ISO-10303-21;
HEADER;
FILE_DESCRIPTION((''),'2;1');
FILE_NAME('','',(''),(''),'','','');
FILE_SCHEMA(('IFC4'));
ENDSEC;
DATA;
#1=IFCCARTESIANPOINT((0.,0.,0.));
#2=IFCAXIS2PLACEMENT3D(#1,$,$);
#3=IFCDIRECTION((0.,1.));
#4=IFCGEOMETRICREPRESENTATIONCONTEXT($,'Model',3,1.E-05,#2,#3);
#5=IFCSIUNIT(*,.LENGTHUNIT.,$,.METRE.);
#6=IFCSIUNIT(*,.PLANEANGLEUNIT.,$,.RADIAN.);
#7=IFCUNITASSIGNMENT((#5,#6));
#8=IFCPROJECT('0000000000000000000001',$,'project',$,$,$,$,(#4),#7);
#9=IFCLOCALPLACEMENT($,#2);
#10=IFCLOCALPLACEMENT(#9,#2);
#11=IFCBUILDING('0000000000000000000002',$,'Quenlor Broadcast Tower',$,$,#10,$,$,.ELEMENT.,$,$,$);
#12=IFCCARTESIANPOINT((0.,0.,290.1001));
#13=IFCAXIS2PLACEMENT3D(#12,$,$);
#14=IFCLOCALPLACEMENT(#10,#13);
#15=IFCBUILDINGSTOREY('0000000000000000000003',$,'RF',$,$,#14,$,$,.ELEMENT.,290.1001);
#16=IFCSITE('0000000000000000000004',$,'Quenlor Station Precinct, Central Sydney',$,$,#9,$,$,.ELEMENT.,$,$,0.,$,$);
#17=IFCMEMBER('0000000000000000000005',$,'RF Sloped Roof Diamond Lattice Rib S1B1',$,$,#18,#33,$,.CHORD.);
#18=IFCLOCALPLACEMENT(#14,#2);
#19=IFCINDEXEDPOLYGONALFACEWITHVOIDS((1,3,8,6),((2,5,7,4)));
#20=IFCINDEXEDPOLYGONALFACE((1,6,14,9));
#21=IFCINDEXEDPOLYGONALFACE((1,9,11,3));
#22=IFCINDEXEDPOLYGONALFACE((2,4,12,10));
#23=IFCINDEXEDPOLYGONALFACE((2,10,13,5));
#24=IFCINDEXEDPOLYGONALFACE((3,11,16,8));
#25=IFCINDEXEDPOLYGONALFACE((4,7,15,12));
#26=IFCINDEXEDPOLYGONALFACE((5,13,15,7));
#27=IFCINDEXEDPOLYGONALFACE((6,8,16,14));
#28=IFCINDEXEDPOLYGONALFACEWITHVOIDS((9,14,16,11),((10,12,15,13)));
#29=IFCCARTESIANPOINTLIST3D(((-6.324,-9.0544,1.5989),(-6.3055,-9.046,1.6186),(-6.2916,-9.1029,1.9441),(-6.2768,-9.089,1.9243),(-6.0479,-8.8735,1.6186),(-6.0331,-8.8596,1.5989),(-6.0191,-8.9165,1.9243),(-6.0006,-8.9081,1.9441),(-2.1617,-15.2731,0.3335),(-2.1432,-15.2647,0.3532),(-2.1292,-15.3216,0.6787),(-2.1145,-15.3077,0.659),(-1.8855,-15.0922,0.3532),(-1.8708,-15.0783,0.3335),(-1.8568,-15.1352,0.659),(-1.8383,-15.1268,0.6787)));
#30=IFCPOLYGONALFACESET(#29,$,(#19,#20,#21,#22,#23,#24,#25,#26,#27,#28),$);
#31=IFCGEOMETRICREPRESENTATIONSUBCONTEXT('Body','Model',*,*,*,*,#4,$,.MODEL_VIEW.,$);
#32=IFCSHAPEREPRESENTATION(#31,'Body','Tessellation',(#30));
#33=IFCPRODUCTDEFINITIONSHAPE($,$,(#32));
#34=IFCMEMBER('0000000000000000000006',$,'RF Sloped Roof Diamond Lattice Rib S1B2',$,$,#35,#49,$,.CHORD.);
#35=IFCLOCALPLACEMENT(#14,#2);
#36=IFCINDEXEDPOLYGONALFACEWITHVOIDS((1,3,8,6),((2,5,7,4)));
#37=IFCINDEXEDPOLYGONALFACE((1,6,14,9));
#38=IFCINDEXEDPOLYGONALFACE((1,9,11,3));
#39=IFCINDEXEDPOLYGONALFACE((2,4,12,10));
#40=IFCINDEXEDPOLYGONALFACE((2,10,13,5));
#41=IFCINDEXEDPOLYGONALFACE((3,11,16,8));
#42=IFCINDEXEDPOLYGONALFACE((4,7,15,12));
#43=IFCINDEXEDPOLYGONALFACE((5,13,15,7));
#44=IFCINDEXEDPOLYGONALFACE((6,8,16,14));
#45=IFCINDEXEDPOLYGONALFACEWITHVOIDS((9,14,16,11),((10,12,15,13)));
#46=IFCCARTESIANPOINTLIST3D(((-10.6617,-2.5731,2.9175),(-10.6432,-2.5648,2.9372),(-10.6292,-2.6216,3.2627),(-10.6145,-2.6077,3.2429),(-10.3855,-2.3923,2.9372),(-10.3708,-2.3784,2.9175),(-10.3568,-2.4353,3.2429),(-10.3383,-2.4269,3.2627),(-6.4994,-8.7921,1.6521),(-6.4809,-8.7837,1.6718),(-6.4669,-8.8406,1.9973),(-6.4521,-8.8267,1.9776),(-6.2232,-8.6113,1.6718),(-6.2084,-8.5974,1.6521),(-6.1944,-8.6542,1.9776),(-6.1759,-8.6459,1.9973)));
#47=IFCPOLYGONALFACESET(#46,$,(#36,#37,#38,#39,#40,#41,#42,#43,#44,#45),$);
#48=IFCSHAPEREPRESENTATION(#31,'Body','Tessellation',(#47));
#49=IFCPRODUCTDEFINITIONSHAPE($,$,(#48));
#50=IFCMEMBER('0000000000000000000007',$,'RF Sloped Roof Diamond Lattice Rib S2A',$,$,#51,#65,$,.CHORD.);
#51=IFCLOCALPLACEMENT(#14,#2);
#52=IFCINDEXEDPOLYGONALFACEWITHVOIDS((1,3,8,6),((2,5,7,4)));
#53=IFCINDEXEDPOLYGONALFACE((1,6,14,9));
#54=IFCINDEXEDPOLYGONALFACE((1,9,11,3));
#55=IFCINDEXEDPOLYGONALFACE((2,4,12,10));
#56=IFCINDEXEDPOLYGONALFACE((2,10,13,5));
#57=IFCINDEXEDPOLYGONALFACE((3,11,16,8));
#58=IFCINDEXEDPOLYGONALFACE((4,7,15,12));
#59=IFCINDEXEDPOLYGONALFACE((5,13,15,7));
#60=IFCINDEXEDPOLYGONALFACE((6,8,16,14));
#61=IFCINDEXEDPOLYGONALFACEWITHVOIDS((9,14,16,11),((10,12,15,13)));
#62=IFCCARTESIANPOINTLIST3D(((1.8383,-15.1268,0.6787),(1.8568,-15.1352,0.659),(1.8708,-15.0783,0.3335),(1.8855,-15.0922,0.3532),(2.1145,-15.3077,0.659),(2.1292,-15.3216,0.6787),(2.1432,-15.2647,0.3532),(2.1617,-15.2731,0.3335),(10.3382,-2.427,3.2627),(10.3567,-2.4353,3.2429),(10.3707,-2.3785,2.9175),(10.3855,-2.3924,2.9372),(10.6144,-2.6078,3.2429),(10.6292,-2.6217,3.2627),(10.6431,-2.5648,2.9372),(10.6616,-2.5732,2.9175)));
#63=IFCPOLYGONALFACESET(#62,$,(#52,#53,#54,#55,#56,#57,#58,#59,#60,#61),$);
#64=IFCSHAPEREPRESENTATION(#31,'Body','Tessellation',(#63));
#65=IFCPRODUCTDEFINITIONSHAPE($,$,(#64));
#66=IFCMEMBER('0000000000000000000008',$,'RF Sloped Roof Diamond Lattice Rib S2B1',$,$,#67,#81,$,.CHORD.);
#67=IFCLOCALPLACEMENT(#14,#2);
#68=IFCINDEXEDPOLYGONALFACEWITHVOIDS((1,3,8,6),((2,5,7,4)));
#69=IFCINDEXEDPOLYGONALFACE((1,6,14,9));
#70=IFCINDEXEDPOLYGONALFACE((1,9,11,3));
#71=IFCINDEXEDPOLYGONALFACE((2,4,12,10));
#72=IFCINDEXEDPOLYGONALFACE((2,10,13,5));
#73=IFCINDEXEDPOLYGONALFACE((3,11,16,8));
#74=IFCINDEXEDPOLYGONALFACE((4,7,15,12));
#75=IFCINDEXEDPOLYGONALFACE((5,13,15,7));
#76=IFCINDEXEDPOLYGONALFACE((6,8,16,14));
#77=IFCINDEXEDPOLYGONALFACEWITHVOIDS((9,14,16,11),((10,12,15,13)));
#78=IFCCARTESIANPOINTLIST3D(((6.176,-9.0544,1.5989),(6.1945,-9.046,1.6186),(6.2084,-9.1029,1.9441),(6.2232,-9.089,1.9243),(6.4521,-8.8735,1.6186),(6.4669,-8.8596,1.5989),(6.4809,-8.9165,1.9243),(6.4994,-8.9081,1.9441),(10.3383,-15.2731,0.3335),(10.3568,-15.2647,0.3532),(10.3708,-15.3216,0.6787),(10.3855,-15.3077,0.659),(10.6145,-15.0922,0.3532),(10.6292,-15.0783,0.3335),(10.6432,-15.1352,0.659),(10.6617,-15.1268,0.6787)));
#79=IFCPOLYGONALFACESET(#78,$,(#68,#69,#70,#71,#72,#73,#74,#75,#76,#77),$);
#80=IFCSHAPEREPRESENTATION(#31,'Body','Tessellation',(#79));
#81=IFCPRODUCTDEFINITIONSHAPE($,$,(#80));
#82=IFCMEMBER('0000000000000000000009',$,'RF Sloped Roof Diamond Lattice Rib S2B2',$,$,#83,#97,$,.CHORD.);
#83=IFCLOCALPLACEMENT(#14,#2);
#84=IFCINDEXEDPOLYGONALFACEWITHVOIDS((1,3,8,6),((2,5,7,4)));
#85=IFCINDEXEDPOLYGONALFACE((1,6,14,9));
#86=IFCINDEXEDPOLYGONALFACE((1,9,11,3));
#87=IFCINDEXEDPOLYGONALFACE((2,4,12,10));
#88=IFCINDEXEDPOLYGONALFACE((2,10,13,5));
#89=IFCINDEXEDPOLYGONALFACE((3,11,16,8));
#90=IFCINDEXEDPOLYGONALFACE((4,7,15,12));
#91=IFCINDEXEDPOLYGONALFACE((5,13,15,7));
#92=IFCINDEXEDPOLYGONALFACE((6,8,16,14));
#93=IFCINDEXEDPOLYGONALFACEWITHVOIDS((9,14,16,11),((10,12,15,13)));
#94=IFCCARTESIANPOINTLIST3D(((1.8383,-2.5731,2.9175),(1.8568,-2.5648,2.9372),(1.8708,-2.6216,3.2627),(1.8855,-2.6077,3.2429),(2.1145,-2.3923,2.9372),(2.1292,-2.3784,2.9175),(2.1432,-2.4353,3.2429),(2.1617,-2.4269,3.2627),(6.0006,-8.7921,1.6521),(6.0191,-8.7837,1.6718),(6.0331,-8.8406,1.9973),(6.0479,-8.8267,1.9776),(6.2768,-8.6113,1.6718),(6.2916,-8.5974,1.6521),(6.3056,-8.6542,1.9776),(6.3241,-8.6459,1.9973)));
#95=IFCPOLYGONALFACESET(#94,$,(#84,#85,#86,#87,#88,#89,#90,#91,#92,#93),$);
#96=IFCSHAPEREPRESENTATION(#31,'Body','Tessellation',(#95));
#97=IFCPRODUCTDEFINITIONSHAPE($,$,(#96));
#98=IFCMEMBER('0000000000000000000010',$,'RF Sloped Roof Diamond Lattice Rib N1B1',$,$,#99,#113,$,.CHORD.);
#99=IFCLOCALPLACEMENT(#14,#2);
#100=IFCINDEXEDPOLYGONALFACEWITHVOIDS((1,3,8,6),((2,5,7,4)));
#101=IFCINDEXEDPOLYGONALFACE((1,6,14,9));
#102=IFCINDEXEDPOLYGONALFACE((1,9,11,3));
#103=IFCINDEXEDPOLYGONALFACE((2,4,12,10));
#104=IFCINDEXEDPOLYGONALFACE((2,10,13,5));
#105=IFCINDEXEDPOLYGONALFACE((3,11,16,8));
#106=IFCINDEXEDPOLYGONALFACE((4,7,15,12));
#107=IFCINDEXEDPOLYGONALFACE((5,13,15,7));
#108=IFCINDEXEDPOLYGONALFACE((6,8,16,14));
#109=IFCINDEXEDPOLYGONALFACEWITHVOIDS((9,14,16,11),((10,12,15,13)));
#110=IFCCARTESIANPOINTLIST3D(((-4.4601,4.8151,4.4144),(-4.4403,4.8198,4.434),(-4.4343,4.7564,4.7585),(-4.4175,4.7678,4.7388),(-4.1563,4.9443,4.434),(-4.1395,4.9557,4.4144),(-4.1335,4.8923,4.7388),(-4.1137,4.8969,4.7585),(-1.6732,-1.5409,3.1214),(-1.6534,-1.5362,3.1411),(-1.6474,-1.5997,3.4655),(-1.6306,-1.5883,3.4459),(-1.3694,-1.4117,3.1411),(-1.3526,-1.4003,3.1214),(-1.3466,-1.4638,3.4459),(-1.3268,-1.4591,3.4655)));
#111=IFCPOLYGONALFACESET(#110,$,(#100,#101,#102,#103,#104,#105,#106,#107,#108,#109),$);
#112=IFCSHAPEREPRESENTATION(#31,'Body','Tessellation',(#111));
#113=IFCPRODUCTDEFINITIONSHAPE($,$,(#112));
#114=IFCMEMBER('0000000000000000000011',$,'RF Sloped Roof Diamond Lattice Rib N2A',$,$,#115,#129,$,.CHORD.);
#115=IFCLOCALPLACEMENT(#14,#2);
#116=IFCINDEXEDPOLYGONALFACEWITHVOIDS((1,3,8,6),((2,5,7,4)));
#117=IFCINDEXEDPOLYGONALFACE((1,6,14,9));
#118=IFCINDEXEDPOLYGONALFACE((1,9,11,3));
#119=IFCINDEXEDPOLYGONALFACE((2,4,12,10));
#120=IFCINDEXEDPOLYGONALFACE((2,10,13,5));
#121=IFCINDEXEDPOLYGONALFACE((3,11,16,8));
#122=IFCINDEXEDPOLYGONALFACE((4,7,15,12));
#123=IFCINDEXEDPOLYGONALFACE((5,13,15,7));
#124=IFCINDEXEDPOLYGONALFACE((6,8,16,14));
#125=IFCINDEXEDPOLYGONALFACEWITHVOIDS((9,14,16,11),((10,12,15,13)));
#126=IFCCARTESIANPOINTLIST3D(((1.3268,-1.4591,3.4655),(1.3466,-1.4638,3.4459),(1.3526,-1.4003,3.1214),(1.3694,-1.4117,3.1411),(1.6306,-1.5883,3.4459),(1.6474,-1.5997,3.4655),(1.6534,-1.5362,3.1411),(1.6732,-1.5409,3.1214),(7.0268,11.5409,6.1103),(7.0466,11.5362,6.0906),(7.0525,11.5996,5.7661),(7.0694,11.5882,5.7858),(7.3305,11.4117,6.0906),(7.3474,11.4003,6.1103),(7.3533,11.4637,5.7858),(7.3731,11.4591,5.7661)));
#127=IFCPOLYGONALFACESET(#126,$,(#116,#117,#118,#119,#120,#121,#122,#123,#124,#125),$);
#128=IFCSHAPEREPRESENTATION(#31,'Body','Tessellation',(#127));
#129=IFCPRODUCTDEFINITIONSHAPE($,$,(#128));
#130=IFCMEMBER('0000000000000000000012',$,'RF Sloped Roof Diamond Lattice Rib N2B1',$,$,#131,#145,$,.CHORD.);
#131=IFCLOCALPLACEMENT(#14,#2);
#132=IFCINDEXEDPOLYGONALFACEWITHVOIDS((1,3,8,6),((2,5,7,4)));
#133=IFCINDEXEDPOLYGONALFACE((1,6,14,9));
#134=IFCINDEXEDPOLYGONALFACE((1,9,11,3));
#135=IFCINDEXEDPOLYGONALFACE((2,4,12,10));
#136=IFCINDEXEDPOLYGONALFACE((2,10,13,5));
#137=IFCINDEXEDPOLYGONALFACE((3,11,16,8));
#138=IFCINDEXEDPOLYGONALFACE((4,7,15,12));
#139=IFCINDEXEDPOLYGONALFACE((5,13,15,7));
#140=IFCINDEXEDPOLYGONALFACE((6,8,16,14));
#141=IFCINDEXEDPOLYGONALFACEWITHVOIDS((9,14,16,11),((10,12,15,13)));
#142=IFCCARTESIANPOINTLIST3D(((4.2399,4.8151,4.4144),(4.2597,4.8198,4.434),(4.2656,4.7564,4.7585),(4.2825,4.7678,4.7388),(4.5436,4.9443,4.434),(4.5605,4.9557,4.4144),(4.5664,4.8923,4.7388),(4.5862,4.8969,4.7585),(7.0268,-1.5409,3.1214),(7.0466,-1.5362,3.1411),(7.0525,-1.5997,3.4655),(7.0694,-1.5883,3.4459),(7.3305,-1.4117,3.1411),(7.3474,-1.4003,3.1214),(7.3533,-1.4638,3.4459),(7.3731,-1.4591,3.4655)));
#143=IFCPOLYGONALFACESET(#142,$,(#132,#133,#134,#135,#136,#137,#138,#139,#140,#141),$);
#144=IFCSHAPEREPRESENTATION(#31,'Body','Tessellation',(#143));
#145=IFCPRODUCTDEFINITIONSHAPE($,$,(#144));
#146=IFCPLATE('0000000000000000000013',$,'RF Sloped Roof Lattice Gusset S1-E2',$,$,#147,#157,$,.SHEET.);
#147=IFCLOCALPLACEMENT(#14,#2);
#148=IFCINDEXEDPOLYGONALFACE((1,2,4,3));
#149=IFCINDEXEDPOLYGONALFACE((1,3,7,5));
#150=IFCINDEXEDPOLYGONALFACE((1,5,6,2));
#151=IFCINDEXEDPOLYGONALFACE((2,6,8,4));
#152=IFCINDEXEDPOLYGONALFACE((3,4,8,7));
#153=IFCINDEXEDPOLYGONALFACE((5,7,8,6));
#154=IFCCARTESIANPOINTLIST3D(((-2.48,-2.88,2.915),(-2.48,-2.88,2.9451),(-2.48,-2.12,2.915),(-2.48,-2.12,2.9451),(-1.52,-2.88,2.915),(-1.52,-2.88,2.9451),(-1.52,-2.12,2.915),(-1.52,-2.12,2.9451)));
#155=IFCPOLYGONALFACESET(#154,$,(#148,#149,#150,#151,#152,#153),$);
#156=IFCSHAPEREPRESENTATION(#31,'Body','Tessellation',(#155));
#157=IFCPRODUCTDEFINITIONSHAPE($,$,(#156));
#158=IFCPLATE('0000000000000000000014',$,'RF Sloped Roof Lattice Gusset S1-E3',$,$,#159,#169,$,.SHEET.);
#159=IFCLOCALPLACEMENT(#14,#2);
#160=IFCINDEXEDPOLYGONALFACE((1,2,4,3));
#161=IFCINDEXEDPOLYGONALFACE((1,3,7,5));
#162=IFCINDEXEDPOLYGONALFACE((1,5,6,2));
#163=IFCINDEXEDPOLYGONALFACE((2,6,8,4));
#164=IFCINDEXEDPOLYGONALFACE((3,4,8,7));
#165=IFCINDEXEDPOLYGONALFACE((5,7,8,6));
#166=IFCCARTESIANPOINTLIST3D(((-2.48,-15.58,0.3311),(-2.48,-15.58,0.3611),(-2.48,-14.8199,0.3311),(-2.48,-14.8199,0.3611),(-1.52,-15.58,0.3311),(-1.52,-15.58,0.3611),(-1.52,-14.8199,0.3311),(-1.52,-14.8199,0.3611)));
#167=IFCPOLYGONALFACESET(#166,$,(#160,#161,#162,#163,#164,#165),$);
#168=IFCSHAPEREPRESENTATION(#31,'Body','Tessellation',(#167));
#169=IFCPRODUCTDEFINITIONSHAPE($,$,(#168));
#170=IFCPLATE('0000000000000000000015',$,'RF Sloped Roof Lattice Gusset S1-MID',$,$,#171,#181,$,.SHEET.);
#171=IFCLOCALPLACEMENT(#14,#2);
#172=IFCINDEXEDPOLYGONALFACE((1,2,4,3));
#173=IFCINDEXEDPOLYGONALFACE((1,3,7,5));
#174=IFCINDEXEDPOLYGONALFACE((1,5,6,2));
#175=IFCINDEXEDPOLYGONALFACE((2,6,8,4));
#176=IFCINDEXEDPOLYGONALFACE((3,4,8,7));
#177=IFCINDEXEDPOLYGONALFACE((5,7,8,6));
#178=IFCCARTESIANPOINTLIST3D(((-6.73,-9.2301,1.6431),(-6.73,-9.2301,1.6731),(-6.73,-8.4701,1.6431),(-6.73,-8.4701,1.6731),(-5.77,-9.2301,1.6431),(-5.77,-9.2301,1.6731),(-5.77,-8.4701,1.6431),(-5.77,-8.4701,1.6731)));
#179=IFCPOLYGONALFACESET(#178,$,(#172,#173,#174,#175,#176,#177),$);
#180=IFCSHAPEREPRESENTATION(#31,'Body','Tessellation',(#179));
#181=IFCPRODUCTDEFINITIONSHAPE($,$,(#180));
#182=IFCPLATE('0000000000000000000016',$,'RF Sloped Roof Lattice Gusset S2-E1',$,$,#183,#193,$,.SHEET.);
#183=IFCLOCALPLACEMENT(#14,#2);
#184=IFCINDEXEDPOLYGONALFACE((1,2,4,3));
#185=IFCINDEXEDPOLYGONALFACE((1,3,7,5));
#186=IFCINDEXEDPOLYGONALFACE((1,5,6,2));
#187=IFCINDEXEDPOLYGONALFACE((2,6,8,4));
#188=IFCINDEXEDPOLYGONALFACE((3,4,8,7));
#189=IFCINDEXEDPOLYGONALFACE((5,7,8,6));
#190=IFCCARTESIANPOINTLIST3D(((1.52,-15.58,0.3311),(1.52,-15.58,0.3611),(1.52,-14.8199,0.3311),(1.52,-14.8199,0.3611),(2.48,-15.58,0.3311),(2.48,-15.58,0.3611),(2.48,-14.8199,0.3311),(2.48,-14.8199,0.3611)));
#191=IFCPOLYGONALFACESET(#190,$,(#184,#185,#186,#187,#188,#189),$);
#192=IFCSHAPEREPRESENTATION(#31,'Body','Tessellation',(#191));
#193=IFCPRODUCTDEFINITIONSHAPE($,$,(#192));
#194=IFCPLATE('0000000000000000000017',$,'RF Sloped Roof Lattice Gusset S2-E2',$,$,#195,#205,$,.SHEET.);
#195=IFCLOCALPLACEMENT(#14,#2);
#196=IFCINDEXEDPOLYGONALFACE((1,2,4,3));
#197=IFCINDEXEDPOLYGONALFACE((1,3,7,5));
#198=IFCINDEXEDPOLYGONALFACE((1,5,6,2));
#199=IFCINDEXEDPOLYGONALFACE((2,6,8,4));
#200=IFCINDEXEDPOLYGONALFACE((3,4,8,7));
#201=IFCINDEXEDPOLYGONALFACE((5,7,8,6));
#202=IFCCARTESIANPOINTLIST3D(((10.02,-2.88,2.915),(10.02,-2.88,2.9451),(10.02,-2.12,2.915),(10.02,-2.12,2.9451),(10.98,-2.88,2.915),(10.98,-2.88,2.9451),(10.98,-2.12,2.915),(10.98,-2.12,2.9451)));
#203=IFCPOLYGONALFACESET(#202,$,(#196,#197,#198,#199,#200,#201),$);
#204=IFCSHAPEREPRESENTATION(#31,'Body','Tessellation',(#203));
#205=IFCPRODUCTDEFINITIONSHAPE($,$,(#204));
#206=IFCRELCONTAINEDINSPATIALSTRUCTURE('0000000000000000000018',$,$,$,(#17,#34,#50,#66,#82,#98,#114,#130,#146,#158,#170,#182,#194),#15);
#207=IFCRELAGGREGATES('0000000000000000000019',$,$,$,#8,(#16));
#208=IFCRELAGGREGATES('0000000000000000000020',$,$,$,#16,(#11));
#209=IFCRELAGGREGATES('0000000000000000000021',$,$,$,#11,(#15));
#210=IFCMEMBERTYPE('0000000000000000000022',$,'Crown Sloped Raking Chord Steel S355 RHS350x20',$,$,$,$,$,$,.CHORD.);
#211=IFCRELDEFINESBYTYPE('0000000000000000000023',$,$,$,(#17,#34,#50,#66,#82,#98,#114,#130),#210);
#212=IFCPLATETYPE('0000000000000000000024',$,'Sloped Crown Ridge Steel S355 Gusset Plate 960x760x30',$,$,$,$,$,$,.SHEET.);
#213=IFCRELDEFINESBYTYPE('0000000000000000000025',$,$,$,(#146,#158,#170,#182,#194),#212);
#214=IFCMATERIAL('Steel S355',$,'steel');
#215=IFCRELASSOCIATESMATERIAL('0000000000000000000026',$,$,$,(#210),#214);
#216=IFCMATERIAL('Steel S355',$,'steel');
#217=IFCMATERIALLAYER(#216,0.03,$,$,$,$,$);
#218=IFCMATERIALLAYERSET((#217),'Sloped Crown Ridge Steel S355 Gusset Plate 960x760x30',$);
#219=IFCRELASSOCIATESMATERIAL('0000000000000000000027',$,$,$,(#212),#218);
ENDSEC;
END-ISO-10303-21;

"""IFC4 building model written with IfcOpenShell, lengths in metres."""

from ifc_helpers import new_model, si_unit, direction, frame, origin, origin_2d, place, context, subcontext, project, spatial, rectangle, hollow_rectangle, extrude, material, layer, layer_set, material_profile, profile_set, type_object, element, save


model = new_model("IFC4")

# Units and contexts
model_context = context("Model", 3, precision=1e-05, world=origin(), true_north=direction((0.0, 1.0)))
body_context = subcontext(model_context, "Body", "Model", "MODEL_VIEW")
ifc_project = project(units=[si_unit("LENGTHUNIT", "METRE"), si_unit("PLANEANGLEUNIT", "RADIAN")], contexts=[model_context])

# Site, building, storey
site_placement = place(None, origin())
site = spatial("IfcSite", under=ifc_project, at=site_placement, Name="Quenlor Station Precinct, Central Sydney", CompositionType="ELEMENT", RefElevation=0.0)
building_placement = place(site_placement, origin())
building = spatial("IfcBuilding", under=site, at=building_placement, Name="Quenlor Broadcast Tower", CompositionType="ELEMENT")
storey_placement = place(building_placement, frame((0.0, 0.0, 290.1001)))
storey = spatial("IfcBuildingStorey", under=building, at=storey_placement, Name="RF", CompositionType="ELEMENT", Elevation=290.1001)

# Members
ifc_material_1 = material(Name="Steel S355", Category="steel")
ifc_material_profile = material_profile(ifc_material_1, hollow_rectangle(XDim=0.3501, YDim=0.3501, WallThickness=0.02, at=origin_2d()))
ifc_profile_set = profile_set([ifc_material_profile], Name="Steel S355 RHS350x350x20")
member_type = type_object("IfcMemberType", Name="Crown Sloped Raking Chord Steel S355 RHS350x20", PredefinedType="CHORD", material=ifc_profile_set)
member_1_placement = place(storey_placement, frame((-2.0, -15.2, 0.5061), z_axis=(-0.548442, 0.819398, 0.16673), x_axis=(-0.83103, -0.556228, 0.0)))
element("IfcMember", 1, at=member_1_placement, inside=storey, type_object=member_type, Name="RF Sloped Roof Diamond Lattice Rib S1B1", PredefinedType="CHORD", context=body_context, shape_type="SweptSolid", body=[
    extrude(hollow_rectangle(XDim=0.3501, YDim=0.3501, WallThickness=0.02, at=origin_2d()), origin(), (0.0, 0.0, 1.0), 7.5894),
])
member_2_placement = place(storey_placement, frame((-6.3376, -8.719, 1.8247), z_axis=(-0.548427, 0.819408, 0.166725), x_axis=(-0.83104, -0.556213, 0.0)))
element("IfcMember", 2, at=member_2_placement, inside=storey, type_object=member_type, Name="RF Sloped Roof Diamond Lattice Rib S1B2", PredefinedType="CHORD", context=body_context, shape_type="SweptSolid", body=[
    extrude(hollow_rectangle(XDim=0.3501, YDim=0.3501, WallThickness=0.02, at=origin_2d()), origin(), (0.0, 0.0, 1.0), 7.5896),
])
member_3_placement = place(storey_placement, frame((2.0, -15.2, 0.5061), z_axis=(0.548426, 0.81941, 0.166721), x_axis=(-0.831041, 0.556211, 0.0)))
element("IfcMember", 3, at=member_3_placement, inside=storey, type_object=member_type, Name="RF Sloped Roof Diamond Lattice Rib S2A", PredefinedType="CHORD", context=body_context, shape_type="SweptSolid", body=[
    extrude(hollow_rectangle(XDim=0.3501, YDim=0.3501, WallThickness=0.02, at=origin_2d()), origin(), (0.0, 0.0, 1.0), 15.4988),
])
member_4_placement = place(storey_placement, frame((10.5, -15.2, 0.5061), z_axis=(-0.548442, 0.819398, 0.16673), x_axis=(-0.83103, -0.556228, 0.0)))
element("IfcMember", 4, at=member_4_placement, inside=storey, type_object=member_type, Name="RF Sloped Roof Diamond Lattice Rib S2B1", PredefinedType="CHORD", context=body_context, shape_type="SweptSolid", body=[
    extrude(hollow_rectangle(XDim=0.3501, YDim=0.3501, WallThickness=0.02, at=origin_2d()), origin(), (0.0, 0.0, 1.0), 7.5894),
])
member_5_placement = place(storey_placement, frame((6.1624, -8.719, 1.8247), z_axis=(-0.548427, 0.819408, 0.166725), x_axis=(-0.83104, -0.556213, 0.0)))
element("IfcMember", 5, at=member_5_placement, inside=storey, type_object=member_type, Name="RF Sloped Roof Diamond Lattice Rib S2B2", PredefinedType="CHORD", context=body_context, shape_type="SweptSolid", body=[
    extrude(hollow_rectangle(XDim=0.3501, YDim=0.3501, WallThickness=0.02, at=origin_2d()), origin(), (0.0, 0.0, 1.0), 7.5896),
])
member_6_placement = place(storey_placement, frame((-1.5, -1.5, 3.2935), z_axis=(-0.394768, 0.900341, 0.183153), x_axis=(-0.915832, -0.401561, 0.0)))
element("IfcMember", 6, at=member_6_placement, inside=storey, type_object=member_type, Name="RF Sloped Roof Diamond Lattice Rib N1B1", PredefinedType="CHORD", context=body_context, shape_type="SweptSolid", body=[
    extrude(hollow_rectangle(XDim=0.3501, YDim=0.3501, WallThickness=0.02, at=origin_2d()), origin(), (0.0, 0.0, 1.0), 7.0596),
])
member_7_placement = place(storey_placement, frame((1.5, -1.5, 3.2935), z_axis=(0.394761, 0.90034, 0.183169), x_axis=(-0.915835, 0.401555, 0.0)))
element("IfcMember", 7, at=member_7_placement, inside=storey, type_object=member_type, Name="RF Sloped Roof Diamond Lattice Rib N2A", PredefinedType="CHORD", context=body_context, shape_type="SweptSolid", body=[
    extrude(hollow_rectangle(XDim=0.3501, YDim=0.3501, WallThickness=0.02, at=origin_2d()), origin(), (0.0, 0.0, 1.0), 14.439),
])
member_8_placement = place(storey_placement, frame((7.2, -1.5, 3.2935), z_axis=(-0.394768, 0.900341, 0.183153), x_axis=(-0.915832, -0.401561, 0.0)))
element("IfcMember", 8, at=member_8_placement, inside=storey, type_object=member_type, Name="RF Sloped Roof Diamond Lattice Rib N2B1", PredefinedType="CHORD", context=body_context, shape_type="SweptSolid", body=[
    extrude(hollow_rectangle(XDim=0.3501, YDim=0.3501, WallThickness=0.02, at=origin_2d()), origin(), (0.0, 0.0, 1.0), 7.0596),
])

# Plates
ifc_material_2 = material(Name="Steel S355", Category="steel")
ifc_layer_1 = layer(ifc_material_2, 0.03)
ifc_layer_set_1 = layer_set([ifc_layer_1], Name="Sloped Crown Ridge Steel S355 Gusset Plate 960x760x30")
plate_type = type_object("IfcPlateType", Name="Sloped Crown Ridge Steel S355 Gusset Plate 960x760x30", PredefinedType="SHEET", material=ifc_layer_set_1)
for number, where, z_axis, x_axis, name in (
    (9, (-2.0, -2.5, 2.915), (0.0, 0.0, 1.0), (1.0, 0.0, 0.0), "RF Sloped Roof Lattice Gusset S1-E2"),
    (10, (-2.0, -15.2, 0.3311), (0.0, 0.0, 1.0), (1.0, 0.0, 0.0), "RF Sloped Roof Lattice Gusset S1-E3"),
    (11, (-6.25, -8.8501, 1.6431), (0.0, 0.0, 1.0), (1.0, 0.0, 0.0), "RF Sloped Roof Lattice Gusset S1-MID"),
    (12, (2.0, -15.2, 0.3311), (0.0, 0.0, 1.0), (1.0, 0.0, 0.0), "RF Sloped Roof Lattice Gusset S2-E1"),
    (13, (10.5, -2.5, 2.915), (0.0, 0.0, 1.0), (1.0, 0.0, 0.0), "RF Sloped Roof Lattice Gusset S2-E2"),
):
    element("IfcPlate", number, at=place(storey_placement, frame(where, z_axis=z_axis, x_axis=x_axis)), inside=storey, type_object=plate_type, Name=name, PredefinedType="SHEET", context=body_context, shape_type="SweptSolid", body=[
        extrude(rectangle(XDim=0.96, YDim=0.76, at=origin_2d()), origin(), (0.0, 0.0, 1.0), 0.03),
    ])

save(model, "model.ifc")
